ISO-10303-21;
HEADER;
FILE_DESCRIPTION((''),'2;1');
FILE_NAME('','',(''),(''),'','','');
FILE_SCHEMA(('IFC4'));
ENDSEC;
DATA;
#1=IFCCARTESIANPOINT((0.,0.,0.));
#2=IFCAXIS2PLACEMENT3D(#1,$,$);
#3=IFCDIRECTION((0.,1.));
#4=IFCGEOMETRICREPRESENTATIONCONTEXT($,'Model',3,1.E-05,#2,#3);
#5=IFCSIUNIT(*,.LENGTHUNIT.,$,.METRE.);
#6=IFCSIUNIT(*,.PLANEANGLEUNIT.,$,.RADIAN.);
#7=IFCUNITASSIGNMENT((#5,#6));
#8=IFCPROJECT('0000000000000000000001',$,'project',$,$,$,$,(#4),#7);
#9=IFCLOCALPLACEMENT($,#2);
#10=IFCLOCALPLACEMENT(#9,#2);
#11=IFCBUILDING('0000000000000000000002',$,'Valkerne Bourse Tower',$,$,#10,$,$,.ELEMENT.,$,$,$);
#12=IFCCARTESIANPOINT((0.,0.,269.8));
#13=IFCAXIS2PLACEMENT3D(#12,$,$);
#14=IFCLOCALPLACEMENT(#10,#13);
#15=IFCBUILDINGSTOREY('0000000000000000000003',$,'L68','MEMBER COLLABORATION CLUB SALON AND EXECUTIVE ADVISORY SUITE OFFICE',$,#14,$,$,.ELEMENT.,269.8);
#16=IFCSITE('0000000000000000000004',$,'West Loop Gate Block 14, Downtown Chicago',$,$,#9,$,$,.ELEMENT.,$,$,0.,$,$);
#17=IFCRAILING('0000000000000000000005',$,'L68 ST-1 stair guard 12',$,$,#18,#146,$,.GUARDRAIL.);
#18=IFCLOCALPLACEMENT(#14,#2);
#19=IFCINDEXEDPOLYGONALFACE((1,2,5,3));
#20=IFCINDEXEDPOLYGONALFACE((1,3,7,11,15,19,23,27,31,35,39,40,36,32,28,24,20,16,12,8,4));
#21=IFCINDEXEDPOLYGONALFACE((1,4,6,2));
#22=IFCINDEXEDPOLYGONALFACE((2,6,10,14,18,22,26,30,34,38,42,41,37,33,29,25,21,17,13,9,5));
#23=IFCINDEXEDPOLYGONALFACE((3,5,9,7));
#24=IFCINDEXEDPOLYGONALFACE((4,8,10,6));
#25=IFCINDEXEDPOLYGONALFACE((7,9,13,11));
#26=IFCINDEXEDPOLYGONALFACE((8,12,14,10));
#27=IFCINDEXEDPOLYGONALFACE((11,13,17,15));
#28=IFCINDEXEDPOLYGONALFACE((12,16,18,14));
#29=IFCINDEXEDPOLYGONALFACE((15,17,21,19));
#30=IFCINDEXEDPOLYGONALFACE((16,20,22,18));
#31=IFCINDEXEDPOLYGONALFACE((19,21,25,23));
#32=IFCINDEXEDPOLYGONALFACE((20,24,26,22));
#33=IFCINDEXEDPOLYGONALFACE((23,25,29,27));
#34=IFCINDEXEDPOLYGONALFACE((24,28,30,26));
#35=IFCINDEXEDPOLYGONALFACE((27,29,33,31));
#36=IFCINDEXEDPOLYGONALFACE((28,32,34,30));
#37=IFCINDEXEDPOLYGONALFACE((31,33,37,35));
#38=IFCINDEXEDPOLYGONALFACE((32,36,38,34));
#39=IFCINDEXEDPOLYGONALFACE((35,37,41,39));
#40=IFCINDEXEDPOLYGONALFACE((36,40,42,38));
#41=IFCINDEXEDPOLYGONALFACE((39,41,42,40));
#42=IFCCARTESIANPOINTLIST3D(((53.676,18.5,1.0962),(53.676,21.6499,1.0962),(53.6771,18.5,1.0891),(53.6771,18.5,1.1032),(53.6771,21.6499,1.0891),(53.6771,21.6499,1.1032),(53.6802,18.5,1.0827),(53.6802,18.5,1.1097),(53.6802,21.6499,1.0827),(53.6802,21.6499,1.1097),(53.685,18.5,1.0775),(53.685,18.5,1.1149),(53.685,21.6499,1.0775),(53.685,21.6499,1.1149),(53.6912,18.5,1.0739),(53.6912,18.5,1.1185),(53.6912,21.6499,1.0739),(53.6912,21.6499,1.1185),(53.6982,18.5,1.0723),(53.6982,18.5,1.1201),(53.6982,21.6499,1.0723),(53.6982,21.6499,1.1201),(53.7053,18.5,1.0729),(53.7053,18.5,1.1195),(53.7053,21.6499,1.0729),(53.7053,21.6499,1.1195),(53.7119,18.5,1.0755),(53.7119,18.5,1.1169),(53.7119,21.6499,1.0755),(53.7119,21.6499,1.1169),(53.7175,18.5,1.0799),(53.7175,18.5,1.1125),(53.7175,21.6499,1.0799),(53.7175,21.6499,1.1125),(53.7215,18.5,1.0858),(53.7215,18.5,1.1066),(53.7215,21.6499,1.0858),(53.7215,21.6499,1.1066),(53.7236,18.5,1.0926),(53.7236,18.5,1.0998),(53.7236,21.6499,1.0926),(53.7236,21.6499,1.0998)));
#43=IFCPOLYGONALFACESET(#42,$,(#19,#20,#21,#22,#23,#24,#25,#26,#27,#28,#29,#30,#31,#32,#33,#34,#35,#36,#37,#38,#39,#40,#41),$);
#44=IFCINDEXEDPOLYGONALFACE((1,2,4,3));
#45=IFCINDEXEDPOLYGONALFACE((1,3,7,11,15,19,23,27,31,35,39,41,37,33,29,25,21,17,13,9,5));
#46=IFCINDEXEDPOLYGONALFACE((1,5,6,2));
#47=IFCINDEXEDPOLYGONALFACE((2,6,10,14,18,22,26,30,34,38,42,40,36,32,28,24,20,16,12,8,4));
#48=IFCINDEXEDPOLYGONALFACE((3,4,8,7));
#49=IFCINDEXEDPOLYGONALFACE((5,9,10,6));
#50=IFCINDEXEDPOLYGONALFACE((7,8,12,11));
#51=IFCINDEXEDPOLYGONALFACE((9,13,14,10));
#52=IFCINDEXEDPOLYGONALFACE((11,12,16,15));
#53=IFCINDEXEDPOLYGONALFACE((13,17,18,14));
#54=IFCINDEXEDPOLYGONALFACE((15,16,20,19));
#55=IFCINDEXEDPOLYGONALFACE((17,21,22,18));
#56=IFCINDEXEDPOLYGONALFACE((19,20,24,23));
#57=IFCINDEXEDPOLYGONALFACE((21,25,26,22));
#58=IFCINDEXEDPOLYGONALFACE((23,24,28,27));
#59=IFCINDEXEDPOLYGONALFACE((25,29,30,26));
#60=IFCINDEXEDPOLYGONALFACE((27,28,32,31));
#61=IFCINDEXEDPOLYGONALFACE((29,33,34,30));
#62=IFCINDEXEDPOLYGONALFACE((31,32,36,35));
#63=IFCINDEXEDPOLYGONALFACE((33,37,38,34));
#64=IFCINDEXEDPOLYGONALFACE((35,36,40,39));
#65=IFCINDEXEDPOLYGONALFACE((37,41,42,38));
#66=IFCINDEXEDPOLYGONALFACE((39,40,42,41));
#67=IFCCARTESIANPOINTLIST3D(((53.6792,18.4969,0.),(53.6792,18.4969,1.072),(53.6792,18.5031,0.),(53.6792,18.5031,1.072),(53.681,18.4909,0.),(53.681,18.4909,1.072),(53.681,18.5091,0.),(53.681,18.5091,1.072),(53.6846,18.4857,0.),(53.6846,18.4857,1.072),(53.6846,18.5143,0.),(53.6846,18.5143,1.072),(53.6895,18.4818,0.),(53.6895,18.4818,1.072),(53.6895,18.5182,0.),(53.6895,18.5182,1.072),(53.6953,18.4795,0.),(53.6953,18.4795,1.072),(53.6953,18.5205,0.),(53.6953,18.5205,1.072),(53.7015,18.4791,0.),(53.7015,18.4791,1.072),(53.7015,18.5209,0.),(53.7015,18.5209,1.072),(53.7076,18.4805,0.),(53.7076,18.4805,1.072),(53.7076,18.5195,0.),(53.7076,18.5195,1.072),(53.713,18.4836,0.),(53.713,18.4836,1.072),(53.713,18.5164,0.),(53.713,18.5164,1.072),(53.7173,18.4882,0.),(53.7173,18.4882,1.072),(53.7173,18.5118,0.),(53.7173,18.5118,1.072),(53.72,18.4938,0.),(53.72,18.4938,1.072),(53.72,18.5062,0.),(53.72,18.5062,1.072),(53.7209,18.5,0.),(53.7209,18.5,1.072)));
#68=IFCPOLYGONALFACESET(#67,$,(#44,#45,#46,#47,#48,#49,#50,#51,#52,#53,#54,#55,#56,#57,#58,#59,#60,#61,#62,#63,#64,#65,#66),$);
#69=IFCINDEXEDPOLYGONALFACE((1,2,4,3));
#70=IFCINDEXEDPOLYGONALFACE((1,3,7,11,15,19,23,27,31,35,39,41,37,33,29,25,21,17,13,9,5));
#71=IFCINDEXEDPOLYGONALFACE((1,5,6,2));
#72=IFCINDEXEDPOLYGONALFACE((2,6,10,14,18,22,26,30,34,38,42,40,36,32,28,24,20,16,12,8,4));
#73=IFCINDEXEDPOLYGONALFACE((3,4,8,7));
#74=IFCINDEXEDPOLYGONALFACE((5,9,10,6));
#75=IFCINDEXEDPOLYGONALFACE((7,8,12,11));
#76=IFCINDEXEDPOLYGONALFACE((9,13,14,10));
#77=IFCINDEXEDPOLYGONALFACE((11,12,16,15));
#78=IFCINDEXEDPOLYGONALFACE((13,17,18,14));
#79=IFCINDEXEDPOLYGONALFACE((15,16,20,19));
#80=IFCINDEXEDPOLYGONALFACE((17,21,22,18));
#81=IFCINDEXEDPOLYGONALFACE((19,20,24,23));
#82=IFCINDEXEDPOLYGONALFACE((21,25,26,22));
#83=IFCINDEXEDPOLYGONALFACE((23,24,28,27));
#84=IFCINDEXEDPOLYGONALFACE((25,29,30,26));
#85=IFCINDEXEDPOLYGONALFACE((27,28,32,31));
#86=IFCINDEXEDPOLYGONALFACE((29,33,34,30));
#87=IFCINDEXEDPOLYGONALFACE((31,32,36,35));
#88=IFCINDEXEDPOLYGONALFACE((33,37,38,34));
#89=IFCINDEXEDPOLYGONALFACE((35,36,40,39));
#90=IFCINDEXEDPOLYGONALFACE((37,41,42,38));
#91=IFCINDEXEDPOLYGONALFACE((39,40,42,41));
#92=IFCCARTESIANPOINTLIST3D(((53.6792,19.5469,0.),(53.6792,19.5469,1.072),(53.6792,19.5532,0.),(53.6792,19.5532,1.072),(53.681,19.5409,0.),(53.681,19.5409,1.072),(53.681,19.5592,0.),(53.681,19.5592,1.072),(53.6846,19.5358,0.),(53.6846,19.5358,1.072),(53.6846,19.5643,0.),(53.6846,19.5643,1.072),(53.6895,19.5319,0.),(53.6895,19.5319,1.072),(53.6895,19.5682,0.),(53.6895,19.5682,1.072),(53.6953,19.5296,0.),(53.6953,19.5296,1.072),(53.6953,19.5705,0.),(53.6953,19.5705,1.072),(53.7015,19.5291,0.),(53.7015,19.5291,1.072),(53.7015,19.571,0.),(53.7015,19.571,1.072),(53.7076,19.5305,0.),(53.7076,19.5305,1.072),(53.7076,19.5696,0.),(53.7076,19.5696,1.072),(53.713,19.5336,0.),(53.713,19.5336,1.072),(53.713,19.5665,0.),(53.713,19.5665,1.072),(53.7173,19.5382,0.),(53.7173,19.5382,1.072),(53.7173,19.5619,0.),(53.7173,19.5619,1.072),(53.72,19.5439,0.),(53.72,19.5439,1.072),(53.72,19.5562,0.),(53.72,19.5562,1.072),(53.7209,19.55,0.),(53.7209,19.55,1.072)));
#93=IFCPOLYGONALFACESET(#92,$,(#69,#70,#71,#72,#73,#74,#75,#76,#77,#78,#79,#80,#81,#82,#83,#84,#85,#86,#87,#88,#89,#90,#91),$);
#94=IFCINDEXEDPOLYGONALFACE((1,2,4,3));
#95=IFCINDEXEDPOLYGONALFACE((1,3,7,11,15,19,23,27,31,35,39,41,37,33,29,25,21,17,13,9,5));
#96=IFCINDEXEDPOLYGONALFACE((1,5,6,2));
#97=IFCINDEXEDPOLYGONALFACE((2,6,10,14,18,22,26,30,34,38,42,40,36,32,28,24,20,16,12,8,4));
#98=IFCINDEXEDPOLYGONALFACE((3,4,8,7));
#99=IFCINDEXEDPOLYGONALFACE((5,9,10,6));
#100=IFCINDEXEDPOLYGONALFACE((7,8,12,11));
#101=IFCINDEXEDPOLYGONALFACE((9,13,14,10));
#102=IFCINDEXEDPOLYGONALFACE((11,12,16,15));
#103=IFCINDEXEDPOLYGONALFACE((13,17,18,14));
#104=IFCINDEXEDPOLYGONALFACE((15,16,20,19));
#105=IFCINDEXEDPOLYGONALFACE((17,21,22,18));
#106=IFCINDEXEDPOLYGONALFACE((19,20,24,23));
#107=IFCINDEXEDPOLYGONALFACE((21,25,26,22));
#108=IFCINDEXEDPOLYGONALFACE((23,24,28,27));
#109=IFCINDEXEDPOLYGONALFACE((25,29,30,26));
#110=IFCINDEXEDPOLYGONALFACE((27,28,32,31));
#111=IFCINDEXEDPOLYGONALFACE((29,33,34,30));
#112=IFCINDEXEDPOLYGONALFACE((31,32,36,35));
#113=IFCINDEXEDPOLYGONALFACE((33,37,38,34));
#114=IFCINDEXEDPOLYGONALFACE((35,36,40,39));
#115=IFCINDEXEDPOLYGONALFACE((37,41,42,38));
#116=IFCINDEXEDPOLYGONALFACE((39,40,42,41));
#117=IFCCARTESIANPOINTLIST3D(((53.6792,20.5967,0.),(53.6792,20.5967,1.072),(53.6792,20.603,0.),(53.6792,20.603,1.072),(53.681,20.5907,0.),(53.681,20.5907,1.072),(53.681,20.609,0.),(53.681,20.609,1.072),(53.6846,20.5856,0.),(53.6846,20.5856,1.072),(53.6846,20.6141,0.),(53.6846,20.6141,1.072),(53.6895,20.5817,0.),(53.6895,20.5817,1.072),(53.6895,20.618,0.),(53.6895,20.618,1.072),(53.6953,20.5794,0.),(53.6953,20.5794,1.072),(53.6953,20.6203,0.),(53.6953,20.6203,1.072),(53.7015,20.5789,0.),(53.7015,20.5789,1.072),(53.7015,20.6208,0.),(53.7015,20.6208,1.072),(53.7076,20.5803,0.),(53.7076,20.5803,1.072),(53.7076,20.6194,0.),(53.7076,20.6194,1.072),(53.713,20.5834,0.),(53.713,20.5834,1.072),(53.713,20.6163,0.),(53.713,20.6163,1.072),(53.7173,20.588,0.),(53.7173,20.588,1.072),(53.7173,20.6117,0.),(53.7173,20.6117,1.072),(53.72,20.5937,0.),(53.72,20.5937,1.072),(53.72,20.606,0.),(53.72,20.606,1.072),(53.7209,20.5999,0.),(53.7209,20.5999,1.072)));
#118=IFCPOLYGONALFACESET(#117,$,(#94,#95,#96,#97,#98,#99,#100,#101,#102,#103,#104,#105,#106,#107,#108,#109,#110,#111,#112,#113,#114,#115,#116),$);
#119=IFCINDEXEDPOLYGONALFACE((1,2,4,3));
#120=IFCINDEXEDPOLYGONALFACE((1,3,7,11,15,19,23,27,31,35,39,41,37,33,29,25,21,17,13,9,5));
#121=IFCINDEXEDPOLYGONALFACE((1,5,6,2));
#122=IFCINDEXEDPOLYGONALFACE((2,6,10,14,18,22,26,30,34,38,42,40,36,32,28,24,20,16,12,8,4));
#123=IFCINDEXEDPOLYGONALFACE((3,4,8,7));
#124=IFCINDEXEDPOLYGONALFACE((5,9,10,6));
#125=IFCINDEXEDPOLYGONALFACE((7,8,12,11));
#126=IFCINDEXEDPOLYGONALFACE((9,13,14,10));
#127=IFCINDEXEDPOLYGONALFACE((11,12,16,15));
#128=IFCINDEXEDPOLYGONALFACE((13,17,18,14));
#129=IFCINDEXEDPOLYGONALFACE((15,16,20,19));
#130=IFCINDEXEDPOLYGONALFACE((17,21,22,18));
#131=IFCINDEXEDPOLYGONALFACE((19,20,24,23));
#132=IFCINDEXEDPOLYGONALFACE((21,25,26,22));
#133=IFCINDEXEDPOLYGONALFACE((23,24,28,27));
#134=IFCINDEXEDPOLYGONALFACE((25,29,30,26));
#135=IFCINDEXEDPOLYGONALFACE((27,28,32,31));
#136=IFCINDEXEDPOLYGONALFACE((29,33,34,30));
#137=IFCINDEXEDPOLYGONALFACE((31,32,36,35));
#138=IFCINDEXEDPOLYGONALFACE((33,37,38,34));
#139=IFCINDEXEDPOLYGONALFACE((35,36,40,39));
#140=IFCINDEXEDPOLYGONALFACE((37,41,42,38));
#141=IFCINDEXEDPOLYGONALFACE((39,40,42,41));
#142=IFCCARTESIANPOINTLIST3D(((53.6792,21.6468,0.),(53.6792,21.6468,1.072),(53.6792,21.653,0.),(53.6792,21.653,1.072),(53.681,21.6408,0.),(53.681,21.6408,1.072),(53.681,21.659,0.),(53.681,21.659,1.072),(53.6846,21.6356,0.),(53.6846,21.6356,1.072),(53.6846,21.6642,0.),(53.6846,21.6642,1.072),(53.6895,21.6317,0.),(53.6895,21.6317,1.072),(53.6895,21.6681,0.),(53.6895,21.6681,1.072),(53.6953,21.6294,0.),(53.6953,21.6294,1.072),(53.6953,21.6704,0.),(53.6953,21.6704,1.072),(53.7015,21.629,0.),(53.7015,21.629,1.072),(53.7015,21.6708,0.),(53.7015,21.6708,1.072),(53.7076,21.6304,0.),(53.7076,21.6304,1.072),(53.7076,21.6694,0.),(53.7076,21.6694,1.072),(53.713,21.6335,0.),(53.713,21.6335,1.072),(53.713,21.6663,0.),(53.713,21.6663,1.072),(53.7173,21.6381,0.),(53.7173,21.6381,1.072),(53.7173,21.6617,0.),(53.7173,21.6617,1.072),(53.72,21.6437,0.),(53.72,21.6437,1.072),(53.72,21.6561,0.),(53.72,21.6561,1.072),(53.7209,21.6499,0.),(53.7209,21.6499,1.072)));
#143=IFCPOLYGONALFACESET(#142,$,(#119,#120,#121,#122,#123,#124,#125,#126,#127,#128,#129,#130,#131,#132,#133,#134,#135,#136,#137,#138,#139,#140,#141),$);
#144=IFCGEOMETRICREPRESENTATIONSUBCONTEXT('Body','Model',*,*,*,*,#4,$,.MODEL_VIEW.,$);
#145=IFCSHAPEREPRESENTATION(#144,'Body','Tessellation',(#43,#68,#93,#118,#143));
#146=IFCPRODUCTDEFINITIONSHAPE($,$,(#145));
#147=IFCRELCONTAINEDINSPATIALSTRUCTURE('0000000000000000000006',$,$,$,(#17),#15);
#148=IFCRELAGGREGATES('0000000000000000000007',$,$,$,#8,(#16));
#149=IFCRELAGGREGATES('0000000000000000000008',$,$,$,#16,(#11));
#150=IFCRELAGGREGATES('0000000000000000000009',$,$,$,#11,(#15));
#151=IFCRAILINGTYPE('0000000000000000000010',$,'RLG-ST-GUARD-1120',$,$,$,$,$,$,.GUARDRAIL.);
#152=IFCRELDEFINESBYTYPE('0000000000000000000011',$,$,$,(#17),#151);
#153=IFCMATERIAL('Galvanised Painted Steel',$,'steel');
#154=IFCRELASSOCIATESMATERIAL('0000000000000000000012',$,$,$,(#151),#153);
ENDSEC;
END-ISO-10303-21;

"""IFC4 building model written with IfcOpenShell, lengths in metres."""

from ifc_helpers import new_model, si_unit, direction, frame, origin, origin_2d, place, context, subcontext, project, spatial, circle, extrude, material, type_object, element, save


model = new_model("IFC4")

# Units and contexts
model_context = context("Model", 3, precision=1e-05, world=origin(), true_north=direction((0.0, 1.0)))
body_context = subcontext(model_context, "Body", "Model", "MODEL_VIEW")
ifc_project = project(units=[si_unit("LENGTHUNIT", "METRE"), si_unit("PLANEANGLEUNIT", "RADIAN")], contexts=[model_context])

# Site, building, storey
site_placement = place(None, origin())
site = spatial("IfcSite", under=ifc_project, at=site_placement, Name="West Loop Gate Block 14, Downtown Chicago", CompositionType="ELEMENT", RefElevation=0.0)
building_placement = place(site_placement, origin())
building = spatial("IfcBuilding", under=site, at=building_placement, Name="Valkerne Bourse Tower", CompositionType="ELEMENT")
storey_placement = place(building_placement, frame((0.0, 0.0, 269.8)))
storey = spatial("IfcBuildingStorey", under=building, at=storey_placement, Name="L68", Description="MEMBER COLLABORATION CLUB SALON AND EXECUTIVE ADVISORY SUITE OFFICE", CompositionType="ELEMENT", Elevation=269.8)

# Railing
ifc_material_1 = material(Name="Galvanised Painted Steel", Category="steel")
railing_type = type_object("IfcRailingType", Name="RLG-ST-GUARD-1120", PredefinedType="GUARDRAIL", material=ifc_material_1)
railing_1_placement = place(storey_placement, frame((53.7, 18.5, 0.0)))
element("IfcRailing", 1, at=railing_1_placement, inside=storey, type_object=railing_type, Name="L68 ST-1 stair guard 12", PredefinedType="GUARDRAIL", context=body_context, shape_type="SweptSolid", body=[
    extrude(circle(Radius=0.0239, at=origin_2d()), frame((0.0, 0.0, 1.0962), z_axis=(0.0, 1.0, 0.0), x_axis=(-1.0, 0.0, 0.0)), (0.0, 0.0, 1.0), 3.1499),
    extrude(circle(Radius=0.021, at=origin_2d()), origin(), (0.0, 0.0, 1.0), 1.072),
    extrude(circle(Radius=0.021, at=origin_2d()), frame((0.0, 1.05, 0.0)), (0.0, 0.0, 1.0), 1.072),
    extrude(circle(Radius=0.021, at=origin_2d()), frame((0.0, 2.0999, 0.0)), (0.0, 0.0, 1.0), 1.072),
    extrude(circle(Radius=0.021, at=origin_2d()), frame((0.0, 3.1499, 0.0)), (0.0, 0.0, 1.0), 1.072),
])

save(model, "model.ifc")
